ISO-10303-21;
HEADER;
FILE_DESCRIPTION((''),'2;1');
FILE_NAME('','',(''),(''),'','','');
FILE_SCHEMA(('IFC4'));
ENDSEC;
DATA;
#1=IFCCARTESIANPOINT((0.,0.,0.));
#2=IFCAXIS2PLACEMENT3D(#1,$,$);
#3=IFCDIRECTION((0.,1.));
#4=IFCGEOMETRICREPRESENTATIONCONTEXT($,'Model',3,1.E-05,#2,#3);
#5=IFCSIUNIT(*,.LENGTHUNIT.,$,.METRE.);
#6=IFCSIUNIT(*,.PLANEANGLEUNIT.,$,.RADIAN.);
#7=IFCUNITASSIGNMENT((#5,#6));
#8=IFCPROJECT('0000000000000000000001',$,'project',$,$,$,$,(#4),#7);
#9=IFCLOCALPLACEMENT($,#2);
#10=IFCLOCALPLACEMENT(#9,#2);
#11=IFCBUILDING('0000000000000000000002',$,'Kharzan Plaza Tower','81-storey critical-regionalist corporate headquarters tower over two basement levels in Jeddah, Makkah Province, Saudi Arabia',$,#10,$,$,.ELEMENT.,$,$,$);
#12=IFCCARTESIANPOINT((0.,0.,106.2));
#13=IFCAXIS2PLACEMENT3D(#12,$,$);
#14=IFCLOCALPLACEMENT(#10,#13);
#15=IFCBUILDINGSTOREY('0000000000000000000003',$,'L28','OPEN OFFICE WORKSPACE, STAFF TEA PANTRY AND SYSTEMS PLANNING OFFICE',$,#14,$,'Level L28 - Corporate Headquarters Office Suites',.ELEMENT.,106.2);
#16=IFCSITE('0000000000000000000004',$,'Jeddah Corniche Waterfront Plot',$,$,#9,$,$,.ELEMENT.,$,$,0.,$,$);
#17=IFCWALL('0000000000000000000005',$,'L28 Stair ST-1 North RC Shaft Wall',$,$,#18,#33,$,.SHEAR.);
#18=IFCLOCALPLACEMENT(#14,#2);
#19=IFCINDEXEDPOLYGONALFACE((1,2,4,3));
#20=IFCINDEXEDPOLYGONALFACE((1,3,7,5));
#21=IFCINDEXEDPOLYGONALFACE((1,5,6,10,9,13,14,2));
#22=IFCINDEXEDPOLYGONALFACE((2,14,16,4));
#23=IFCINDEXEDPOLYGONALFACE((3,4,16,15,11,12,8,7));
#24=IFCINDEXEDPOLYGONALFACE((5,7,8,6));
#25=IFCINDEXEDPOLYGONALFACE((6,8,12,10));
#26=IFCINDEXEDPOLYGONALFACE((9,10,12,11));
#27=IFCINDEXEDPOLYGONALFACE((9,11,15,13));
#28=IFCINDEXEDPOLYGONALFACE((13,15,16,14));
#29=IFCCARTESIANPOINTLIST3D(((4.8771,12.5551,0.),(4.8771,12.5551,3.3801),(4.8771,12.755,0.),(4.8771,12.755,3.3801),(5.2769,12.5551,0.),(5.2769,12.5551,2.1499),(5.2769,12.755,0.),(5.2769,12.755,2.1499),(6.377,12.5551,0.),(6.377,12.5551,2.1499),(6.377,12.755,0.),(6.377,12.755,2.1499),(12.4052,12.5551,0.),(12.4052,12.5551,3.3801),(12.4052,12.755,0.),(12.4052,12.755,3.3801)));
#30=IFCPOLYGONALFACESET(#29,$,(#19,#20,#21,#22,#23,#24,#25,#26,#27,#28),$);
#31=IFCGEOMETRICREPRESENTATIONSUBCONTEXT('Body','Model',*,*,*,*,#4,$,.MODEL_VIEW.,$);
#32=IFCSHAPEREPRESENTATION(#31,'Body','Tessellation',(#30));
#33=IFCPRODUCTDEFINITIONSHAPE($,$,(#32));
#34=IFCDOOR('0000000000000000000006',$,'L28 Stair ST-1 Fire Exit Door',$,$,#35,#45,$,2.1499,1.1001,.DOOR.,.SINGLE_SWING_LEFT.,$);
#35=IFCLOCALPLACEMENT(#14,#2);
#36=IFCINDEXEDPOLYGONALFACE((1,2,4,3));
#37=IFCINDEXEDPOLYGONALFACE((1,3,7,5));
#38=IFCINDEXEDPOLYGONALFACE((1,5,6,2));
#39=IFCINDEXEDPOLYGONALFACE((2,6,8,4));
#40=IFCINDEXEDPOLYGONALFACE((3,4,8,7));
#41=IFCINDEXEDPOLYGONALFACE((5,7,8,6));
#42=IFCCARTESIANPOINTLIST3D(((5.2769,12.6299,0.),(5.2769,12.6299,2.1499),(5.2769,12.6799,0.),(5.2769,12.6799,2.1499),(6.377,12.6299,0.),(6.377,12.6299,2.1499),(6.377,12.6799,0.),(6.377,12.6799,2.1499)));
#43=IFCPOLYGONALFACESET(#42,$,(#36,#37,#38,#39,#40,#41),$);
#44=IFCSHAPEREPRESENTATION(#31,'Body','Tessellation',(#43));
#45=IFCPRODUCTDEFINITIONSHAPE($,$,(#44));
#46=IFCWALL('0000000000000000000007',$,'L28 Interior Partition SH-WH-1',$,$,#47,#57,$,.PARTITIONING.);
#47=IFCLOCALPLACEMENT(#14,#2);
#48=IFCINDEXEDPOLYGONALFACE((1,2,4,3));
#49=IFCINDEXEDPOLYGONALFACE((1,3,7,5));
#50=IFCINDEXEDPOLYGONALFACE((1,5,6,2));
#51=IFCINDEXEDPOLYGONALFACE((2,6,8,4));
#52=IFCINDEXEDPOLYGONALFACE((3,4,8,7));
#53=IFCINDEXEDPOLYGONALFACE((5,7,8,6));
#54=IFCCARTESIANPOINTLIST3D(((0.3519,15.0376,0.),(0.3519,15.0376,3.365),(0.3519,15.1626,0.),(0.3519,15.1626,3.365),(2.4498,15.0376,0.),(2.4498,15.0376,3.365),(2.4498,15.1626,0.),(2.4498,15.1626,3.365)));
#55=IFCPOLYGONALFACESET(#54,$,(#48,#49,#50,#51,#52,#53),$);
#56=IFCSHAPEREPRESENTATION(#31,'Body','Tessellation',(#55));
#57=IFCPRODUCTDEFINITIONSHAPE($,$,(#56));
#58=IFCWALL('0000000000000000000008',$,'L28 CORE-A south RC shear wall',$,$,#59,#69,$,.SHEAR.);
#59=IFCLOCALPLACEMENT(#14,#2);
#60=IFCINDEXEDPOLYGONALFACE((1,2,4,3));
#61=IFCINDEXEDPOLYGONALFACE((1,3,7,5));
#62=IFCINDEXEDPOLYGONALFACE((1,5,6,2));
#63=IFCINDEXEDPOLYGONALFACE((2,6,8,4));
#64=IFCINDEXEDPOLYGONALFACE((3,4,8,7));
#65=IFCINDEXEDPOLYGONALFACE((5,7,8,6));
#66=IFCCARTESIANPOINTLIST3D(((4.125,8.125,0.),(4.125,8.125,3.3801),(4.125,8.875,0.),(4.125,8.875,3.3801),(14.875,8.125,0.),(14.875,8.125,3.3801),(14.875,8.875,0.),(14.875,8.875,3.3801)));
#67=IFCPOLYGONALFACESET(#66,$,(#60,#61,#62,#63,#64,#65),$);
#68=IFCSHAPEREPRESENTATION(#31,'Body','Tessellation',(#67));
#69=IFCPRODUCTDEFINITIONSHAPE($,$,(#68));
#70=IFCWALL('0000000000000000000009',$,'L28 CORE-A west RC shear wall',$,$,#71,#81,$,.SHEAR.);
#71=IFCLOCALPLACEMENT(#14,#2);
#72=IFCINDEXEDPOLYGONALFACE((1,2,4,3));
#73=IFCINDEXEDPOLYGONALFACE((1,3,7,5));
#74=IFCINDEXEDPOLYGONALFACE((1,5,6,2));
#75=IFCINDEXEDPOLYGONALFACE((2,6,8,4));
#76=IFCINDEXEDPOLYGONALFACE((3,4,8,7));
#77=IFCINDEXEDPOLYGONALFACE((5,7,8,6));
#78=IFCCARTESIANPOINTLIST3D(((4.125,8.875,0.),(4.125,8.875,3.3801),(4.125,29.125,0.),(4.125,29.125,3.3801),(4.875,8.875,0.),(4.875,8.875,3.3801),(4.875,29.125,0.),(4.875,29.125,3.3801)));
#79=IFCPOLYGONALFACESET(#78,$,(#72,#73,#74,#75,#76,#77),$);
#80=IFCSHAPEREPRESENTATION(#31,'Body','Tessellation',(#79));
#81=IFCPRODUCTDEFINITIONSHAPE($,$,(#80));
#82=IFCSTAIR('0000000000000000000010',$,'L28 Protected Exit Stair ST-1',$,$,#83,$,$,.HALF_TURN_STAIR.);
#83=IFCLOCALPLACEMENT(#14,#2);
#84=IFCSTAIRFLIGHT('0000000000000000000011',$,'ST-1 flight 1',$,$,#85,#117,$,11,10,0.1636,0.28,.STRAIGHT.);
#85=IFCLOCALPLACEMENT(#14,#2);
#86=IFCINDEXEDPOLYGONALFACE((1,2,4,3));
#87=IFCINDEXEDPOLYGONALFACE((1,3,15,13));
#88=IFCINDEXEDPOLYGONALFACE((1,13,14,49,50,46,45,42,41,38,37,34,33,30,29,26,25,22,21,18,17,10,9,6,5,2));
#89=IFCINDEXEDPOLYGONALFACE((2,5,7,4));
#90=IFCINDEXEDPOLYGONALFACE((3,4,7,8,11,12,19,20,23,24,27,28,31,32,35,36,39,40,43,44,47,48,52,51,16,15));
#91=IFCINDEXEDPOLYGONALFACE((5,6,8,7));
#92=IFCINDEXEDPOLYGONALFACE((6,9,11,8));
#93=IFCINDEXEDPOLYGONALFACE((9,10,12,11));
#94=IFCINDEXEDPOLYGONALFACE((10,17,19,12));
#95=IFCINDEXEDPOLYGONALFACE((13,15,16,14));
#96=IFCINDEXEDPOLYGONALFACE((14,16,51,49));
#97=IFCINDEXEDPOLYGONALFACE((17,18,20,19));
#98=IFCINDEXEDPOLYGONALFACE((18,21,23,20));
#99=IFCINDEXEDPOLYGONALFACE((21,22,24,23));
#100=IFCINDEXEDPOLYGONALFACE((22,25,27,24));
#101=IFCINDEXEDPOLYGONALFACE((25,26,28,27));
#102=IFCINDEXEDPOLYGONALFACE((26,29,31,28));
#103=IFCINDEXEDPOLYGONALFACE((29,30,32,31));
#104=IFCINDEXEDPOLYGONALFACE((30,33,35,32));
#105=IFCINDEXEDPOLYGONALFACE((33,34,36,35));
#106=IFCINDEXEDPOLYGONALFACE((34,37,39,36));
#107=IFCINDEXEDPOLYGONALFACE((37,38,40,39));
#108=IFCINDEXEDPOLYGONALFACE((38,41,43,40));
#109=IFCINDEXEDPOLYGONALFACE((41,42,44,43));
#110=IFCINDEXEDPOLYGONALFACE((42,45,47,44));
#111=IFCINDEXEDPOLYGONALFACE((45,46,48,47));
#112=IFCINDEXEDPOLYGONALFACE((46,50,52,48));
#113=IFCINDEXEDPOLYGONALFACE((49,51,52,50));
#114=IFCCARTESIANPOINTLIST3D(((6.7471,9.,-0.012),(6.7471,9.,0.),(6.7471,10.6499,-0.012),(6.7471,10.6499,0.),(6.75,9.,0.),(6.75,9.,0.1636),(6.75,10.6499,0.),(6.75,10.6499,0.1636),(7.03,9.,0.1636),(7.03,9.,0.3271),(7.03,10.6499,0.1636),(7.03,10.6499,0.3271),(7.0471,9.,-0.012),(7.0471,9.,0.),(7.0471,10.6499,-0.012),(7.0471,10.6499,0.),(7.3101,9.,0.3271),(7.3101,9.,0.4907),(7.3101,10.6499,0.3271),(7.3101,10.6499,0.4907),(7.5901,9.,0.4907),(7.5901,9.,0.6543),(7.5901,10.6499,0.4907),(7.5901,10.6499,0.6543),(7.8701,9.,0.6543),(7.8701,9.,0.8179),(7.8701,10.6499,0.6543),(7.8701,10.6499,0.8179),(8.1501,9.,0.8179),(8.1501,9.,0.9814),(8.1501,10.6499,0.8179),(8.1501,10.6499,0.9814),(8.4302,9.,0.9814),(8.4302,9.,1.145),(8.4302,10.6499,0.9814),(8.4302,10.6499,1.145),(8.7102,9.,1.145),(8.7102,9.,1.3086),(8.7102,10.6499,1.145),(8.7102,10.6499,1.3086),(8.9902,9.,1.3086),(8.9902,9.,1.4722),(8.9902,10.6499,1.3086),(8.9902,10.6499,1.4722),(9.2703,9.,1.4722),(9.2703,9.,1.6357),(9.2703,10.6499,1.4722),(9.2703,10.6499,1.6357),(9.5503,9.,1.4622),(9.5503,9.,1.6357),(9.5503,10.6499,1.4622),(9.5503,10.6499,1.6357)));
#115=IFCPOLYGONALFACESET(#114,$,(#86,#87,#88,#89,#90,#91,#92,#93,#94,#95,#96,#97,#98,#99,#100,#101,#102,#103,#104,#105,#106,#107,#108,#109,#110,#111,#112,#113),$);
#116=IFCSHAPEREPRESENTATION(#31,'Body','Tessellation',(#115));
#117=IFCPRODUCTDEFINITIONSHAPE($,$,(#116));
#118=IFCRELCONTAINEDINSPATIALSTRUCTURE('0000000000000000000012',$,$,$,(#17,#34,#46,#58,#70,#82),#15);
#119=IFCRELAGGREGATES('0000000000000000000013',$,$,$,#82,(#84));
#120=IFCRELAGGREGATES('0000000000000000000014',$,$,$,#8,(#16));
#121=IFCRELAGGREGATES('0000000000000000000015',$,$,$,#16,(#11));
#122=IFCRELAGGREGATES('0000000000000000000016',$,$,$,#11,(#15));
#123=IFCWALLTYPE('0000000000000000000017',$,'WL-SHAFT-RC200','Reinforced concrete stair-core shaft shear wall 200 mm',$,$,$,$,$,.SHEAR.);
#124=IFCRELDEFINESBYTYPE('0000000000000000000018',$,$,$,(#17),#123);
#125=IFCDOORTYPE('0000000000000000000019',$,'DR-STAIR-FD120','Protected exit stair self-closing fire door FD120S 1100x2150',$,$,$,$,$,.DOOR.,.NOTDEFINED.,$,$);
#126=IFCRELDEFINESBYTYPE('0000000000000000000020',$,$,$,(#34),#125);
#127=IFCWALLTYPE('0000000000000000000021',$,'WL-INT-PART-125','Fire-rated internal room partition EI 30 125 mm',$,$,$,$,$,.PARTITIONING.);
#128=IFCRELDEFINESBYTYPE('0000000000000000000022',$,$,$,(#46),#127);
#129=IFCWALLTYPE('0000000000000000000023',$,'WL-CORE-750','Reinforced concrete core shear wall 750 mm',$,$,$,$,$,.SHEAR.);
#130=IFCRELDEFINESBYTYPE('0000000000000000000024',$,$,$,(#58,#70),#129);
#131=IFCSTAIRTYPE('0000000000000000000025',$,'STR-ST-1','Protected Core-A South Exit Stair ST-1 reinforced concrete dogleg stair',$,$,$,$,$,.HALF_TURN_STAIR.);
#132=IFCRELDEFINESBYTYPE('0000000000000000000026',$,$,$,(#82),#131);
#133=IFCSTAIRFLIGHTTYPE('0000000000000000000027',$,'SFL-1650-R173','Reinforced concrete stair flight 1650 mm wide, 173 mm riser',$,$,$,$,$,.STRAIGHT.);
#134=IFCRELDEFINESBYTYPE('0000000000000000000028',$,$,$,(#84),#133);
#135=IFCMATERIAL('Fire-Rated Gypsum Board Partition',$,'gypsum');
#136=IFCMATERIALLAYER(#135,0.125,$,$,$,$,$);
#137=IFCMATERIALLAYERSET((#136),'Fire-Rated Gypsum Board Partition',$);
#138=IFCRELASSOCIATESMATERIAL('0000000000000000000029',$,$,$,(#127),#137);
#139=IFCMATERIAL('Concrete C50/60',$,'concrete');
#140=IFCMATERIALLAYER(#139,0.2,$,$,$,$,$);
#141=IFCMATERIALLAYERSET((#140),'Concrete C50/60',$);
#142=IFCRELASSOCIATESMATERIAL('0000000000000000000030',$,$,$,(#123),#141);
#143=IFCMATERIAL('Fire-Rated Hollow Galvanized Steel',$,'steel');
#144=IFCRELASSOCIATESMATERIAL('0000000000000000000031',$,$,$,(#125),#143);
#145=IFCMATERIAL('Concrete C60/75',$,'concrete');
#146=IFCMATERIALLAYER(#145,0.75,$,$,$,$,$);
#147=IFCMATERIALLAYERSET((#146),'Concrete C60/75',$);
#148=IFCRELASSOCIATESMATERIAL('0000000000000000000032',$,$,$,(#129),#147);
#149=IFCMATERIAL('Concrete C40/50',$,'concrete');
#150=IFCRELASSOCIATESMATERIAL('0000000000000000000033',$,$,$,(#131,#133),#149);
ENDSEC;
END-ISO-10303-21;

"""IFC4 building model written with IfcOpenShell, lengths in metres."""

from ifc_helpers import new_model, si_unit, direction, frame, frame_2d, origin, place, context, subcontext, project, spatial, polyline, rectangle, outline, extrude, source, transform, mapped, material, layer, layer_set, type_object, element, fill, aggregate, save


model = new_model("IFC4")

# Units and contexts
model_context = context("Model", 3, precision=1e-05, world=origin(), true_north=direction((0.0, 1.0)))
body_context = subcontext(model_context, "Body", "Model", "MODEL_VIEW")
ifc_project = project(units=[si_unit("LENGTHUNIT", "METRE"), si_unit("PLANEANGLEUNIT", "RADIAN")], contexts=[model_context])

# Site, building, storey
site_placement = place(None, origin())
site = spatial("IfcSite", under=ifc_project, at=site_placement, Name="Jeddah Corniche Waterfront Plot", CompositionType="ELEMENT", RefElevation=0.0)
building_placement = place(site_placement, origin())
building = spatial("IfcBuilding", under=site, at=building_placement, Name="Kharzan Plaza Tower", Description="81-storey critical-regionalist corporate headquarters tower over two basement levels in Jeddah, Makkah Province, Saudi Arabia", CompositionType="ELEMENT")
storey_placement = place(building_placement, frame((0.0, 0.0, 106.2)))
storey = spatial("IfcBuildingStorey", under=building, at=storey_placement, Name="L28", Description="OPEN OFFICE WORKSPACE, STAFF TEA PANTRY AND SYSTEMS PLANNING OFFICE", LongName="Level L28 - Corporate Headquarters Office Suites", CompositionType="ELEMENT", Elevation=106.2)

# Shared definitions
ifc_material_1 = material(Name="Concrete C60/75", Category="concrete")

# Shared definitions
ifc_material_2 = material(Name="Concrete C40/50", Category="concrete")

# Wall, opening, door
ifc_material_3 = material(Name="Fire-Rated Gypsum Board Partition", Category="gypsum")
ifc_layer_1 = layer(ifc_material_3, 0.125)
ifc_layer_set_1 = layer_set([ifc_layer_1], Name="Fire-Rated Gypsum Board Partition")
wall_type_1 = type_object("IfcWallType", Name="WL-INT-PART-125", Description="Fire-rated internal room partition EI 30 125 mm", PredefinedType="PARTITIONING", material=ifc_layer_set_1)
ifc_material_4 = material(Name="Concrete C50/60", Category="concrete")
ifc_layer_2 = layer(ifc_material_4, 0.2)
ifc_layer_set_2 = layer_set([ifc_layer_2], Name="Concrete C50/60")
wall_type_2 = type_object("IfcWallType", Name="WL-SHAFT-RC200", Description="Reinforced concrete stair-core shaft shear wall 200 mm", PredefinedType="SHEAR", material=ifc_layer_set_2)
wall_1_placement = place(storey_placement, frame((4.877, 12.655, 0.0), z_axis=(0.0, 0.0, 1.0), x_axis=(1.0, 0.0, 0.0)))
wall_1 = element("IfcWall", 1, at=wall_1_placement, inside=storey, type_object=wall_type_2, Name="L28 Stair ST-1 North RC Shaft Wall", PredefinedType="SHEAR", context=body_context, shape_type="SweptSolid", body=[
    extrude(rectangle(XDim=7.5281, YDim=0.2, at=frame_2d((3.7642, 0.0))), origin(), (0.0, 0.0, 1.0), 3.3801),
])
opening_1_placement = place(wall_1_placement, frame((0.3999, 0.0, 0.0)))
opening_1 = element("IfcOpeningElement", 2, at=opening_1_placement, cuts=wall_1, PredefinedType="OPENING", context=body_context, shape_type="SweptSolid", body=[
    extrude(rectangle(XDim=1.1001, YDim=2.1499, at=frame_2d((0.55, 1.075))), frame((0.0, 0.1099, 0.0), z_axis=(0.0, -1.0, 0.0), x_axis=(1.0, 0.0, 0.0)), (0.0, 0.0, 1.0), 0.22),
])
ifc_material_5 = material(Name="Fire-Rated Hollow Galvanized Steel", Category="steel")
door_type_1 = type_object("IfcDoorType", Name="DR-STAIR-FD120", Description="Protected exit stair self-closing fire door FD120S 1100x2150", OperationType="NOTDEFINED", PredefinedType="DOOR", material=ifc_material_5)
shared_shape_1 = source(origin(), body_context, "Body", "SweptSolid", [
    extrude(rectangle(XDim=1.1001, YDim=2.1499, at=frame_2d((0.55, 1.075))), frame((0.0, 0.0249, 0.0), z_axis=(0.0, -1.0, 0.0), x_axis=(1.0, 0.0, 0.0)), (0.0, 0.0, 1.0), 0.05),
])
door_1_placement = place(opening_1_placement, origin())
door_1 = element("IfcDoor", 3, at=door_1_placement, inside=storey, type_object=door_type_1, Name="L28 Stair ST-1 Fire Exit Door", OperationType="SINGLE_SWING_LEFT", OverallHeight=2.1499, OverallWidth=1.1001, PredefinedType="DOOR", context=body_context, shape_type="MappedRepresentation", body=[
    mapped(shared_shape_1, transform((0.0, 0.0, 0.0), x_axis=(1.0, 0.0, 0.0), y_axis=(0.0, 1.0, 0.0), z_axis=(0.0, 0.0, 1.0))),
])
fill(opening_1, door_1)

# Walls
shared_shape_2 = source(origin(), body_context, "Body", "SweptSolid", [
    extrude(rectangle(XDim=2.0979, YDim=0.125, at=frame_2d((1.0488, 0.0))), origin(), (0.0, 0.0, 1.0), 3.365),
])
wall_2_placement = place(storey_placement, frame((0.3521, 15.1001, 0.0), z_axis=(0.0, 0.0, 1.0), x_axis=(1.0, 0.0, 0.0)))
element("IfcWall", 4, at=wall_2_placement, inside=storey, type_object=wall_type_1, Name="L28 Interior Partition SH-WH-1", PredefinedType="PARTITIONING", context=body_context, shape_type="MappedRepresentation", body=[
    mapped(shared_shape_2, transform((0.0, 0.0, 0.0), x_axis=(1.0, 0.0, 0.0), y_axis=(0.0, 1.0, 0.0), z_axis=(0.0, 0.0, 1.0))),
])
ifc_layer_3 = layer(ifc_material_1, 0.75)
ifc_layer_set_3 = layer_set([ifc_layer_3], Name="Concrete C60/75")
wall_type_3 = type_object("IfcWallType", Name="WL-CORE-750", Description="Reinforced concrete core shear wall 750 mm", PredefinedType="SHEAR", material=ifc_layer_set_3)
shared_shape_3 = source(origin(), body_context, "Body", "SweptSolid", [
    extrude(rectangle(XDim=10.75, YDim=0.75, at=frame_2d((5.375, 0.0))), origin(), (0.0, 0.0, 1.0), 3.3801),
])
wall_3_placement = place(storey_placement, frame((4.125, 8.5, 0.0), z_axis=(0.0, 0.0, 1.0), x_axis=(1.0, 0.0, 0.0)))
element("IfcWall", 5, at=wall_3_placement, inside=storey, type_object=wall_type_3, Name="L28 CORE-A south RC shear wall", PredefinedType="SHEAR", context=body_context, shape_type="MappedRepresentation", body=[
    mapped(shared_shape_3, transform((0.0, 0.0, 0.0), x_axis=(1.0, 0.0, 0.0), y_axis=(0.0, 1.0, 0.0), z_axis=(0.0, 0.0, 1.0))),
])
shared_shape_4 = source(origin(), body_context, "Body", "SweptSolid", [
    extrude(rectangle(XDim=20.25, YDim=0.75, at=frame_2d((10.125, 0.0))), origin(), (0.0, 0.0, 1.0), 3.3801),
])
wall_4_placement = place(storey_placement, frame((4.5, 8.875, 0.0), z_axis=(0.0, 0.0, 1.0), x_axis=(0.0, 1.0, 0.0)))
element("IfcWall", 6, at=wall_4_placement, inside=storey, type_object=wall_type_3, Name="L28 CORE-A west RC shear wall", PredefinedType="SHEAR", context=body_context, shape_type="MappedRepresentation", body=[
    mapped(shared_shape_4, transform((0.0, 0.0, 0.0), x_axis=(1.0, 0.0, 0.0), y_axis=(0.0, 1.0, 0.0), z_axis=(0.0, 0.0, 1.0))),
])

# Stair, stair flight
stair_type = type_object("IfcStairType", Name="STR-ST-1", Description="Protected Core-A South Exit Stair ST-1 reinforced concrete dogleg stair", PredefinedType="HALF_TURN_STAIR", material=ifc_material_2)
stair_placement = place(storey_placement, origin())
stair = element("IfcStair", 7, at=stair_placement, inside=storey, type_object=stair_type, Name="L28 Protected Exit Stair ST-1", PredefinedType="HALF_TURN_STAIR")
stair_flight_type = type_object("IfcStairFlightType", Name="SFL-1650-R173", Description="Reinforced concrete stair flight 1650 mm wide, 173 mm riser", PredefinedType="STRAIGHT", material=ifc_material_2)
shared_shape_5 = source(origin(), body_context, "Body", "SweptSolid", [
    extrude(outline(polyline([(-0.0029, -0.012), (-0.0029, 0.0), (0.0, 0.0), (0.0, 0.1636), (0.28, 0.1636), (0.28, 0.3271), (0.5601, 0.3271), (0.5601, 0.4907), (0.8401, 0.4907), (0.8401, 0.6543), (1.1201, 0.6543), (1.1201, 0.8179), (1.4001, 0.8179), (1.4001, 0.9814), (1.6802, 0.9814), (1.6802, 1.145), (1.9602, 1.145), (1.9602, 1.3086), (2.2402, 1.3086), (2.2402, 1.4722), (2.5203, 1.4722), (2.5203, 1.6357), (2.8003, 1.6357), (2.8003, 1.7993), (2.8003, 1.4622), (0.2971, 0.0), (0.2971, -0.012), (-0.0029, -0.012)])), frame((0.0, 0.825, 0.0), z_axis=(0.0, -1.0, 0.0), x_axis=(1.0, 0.0, 0.0)), (0.0, 0.0, 1.0), 1.6499),
])
stair_flight_placement = place(storey_placement, frame((6.75, 9.825, 0.0), z_axis=(0.0, 0.0, 1.0), x_axis=(1.0, 0.0, 0.0)))
stair_flight = element("IfcStairFlight", 8, at=stair_flight_placement, type_object=stair_flight_type, Name="ST-1 flight 1", NumberOfRisers=11, NumberOfTreads=10, PredefinedType="STRAIGHT", RiserHeight=0.1636, TreadLength=0.28, context=body_context, shape_type="MappedRepresentation", body=[
    mapped(shared_shape_5, transform((0.0, 0.0, 0.0), x_axis=(1.0, 0.0, 0.0), y_axis=(0.0, 1.0, 0.0), z_axis=(0.0, 0.0, 1.0))),
])
aggregate(stair, [stair_flight])

save(model, "model.ifc")
